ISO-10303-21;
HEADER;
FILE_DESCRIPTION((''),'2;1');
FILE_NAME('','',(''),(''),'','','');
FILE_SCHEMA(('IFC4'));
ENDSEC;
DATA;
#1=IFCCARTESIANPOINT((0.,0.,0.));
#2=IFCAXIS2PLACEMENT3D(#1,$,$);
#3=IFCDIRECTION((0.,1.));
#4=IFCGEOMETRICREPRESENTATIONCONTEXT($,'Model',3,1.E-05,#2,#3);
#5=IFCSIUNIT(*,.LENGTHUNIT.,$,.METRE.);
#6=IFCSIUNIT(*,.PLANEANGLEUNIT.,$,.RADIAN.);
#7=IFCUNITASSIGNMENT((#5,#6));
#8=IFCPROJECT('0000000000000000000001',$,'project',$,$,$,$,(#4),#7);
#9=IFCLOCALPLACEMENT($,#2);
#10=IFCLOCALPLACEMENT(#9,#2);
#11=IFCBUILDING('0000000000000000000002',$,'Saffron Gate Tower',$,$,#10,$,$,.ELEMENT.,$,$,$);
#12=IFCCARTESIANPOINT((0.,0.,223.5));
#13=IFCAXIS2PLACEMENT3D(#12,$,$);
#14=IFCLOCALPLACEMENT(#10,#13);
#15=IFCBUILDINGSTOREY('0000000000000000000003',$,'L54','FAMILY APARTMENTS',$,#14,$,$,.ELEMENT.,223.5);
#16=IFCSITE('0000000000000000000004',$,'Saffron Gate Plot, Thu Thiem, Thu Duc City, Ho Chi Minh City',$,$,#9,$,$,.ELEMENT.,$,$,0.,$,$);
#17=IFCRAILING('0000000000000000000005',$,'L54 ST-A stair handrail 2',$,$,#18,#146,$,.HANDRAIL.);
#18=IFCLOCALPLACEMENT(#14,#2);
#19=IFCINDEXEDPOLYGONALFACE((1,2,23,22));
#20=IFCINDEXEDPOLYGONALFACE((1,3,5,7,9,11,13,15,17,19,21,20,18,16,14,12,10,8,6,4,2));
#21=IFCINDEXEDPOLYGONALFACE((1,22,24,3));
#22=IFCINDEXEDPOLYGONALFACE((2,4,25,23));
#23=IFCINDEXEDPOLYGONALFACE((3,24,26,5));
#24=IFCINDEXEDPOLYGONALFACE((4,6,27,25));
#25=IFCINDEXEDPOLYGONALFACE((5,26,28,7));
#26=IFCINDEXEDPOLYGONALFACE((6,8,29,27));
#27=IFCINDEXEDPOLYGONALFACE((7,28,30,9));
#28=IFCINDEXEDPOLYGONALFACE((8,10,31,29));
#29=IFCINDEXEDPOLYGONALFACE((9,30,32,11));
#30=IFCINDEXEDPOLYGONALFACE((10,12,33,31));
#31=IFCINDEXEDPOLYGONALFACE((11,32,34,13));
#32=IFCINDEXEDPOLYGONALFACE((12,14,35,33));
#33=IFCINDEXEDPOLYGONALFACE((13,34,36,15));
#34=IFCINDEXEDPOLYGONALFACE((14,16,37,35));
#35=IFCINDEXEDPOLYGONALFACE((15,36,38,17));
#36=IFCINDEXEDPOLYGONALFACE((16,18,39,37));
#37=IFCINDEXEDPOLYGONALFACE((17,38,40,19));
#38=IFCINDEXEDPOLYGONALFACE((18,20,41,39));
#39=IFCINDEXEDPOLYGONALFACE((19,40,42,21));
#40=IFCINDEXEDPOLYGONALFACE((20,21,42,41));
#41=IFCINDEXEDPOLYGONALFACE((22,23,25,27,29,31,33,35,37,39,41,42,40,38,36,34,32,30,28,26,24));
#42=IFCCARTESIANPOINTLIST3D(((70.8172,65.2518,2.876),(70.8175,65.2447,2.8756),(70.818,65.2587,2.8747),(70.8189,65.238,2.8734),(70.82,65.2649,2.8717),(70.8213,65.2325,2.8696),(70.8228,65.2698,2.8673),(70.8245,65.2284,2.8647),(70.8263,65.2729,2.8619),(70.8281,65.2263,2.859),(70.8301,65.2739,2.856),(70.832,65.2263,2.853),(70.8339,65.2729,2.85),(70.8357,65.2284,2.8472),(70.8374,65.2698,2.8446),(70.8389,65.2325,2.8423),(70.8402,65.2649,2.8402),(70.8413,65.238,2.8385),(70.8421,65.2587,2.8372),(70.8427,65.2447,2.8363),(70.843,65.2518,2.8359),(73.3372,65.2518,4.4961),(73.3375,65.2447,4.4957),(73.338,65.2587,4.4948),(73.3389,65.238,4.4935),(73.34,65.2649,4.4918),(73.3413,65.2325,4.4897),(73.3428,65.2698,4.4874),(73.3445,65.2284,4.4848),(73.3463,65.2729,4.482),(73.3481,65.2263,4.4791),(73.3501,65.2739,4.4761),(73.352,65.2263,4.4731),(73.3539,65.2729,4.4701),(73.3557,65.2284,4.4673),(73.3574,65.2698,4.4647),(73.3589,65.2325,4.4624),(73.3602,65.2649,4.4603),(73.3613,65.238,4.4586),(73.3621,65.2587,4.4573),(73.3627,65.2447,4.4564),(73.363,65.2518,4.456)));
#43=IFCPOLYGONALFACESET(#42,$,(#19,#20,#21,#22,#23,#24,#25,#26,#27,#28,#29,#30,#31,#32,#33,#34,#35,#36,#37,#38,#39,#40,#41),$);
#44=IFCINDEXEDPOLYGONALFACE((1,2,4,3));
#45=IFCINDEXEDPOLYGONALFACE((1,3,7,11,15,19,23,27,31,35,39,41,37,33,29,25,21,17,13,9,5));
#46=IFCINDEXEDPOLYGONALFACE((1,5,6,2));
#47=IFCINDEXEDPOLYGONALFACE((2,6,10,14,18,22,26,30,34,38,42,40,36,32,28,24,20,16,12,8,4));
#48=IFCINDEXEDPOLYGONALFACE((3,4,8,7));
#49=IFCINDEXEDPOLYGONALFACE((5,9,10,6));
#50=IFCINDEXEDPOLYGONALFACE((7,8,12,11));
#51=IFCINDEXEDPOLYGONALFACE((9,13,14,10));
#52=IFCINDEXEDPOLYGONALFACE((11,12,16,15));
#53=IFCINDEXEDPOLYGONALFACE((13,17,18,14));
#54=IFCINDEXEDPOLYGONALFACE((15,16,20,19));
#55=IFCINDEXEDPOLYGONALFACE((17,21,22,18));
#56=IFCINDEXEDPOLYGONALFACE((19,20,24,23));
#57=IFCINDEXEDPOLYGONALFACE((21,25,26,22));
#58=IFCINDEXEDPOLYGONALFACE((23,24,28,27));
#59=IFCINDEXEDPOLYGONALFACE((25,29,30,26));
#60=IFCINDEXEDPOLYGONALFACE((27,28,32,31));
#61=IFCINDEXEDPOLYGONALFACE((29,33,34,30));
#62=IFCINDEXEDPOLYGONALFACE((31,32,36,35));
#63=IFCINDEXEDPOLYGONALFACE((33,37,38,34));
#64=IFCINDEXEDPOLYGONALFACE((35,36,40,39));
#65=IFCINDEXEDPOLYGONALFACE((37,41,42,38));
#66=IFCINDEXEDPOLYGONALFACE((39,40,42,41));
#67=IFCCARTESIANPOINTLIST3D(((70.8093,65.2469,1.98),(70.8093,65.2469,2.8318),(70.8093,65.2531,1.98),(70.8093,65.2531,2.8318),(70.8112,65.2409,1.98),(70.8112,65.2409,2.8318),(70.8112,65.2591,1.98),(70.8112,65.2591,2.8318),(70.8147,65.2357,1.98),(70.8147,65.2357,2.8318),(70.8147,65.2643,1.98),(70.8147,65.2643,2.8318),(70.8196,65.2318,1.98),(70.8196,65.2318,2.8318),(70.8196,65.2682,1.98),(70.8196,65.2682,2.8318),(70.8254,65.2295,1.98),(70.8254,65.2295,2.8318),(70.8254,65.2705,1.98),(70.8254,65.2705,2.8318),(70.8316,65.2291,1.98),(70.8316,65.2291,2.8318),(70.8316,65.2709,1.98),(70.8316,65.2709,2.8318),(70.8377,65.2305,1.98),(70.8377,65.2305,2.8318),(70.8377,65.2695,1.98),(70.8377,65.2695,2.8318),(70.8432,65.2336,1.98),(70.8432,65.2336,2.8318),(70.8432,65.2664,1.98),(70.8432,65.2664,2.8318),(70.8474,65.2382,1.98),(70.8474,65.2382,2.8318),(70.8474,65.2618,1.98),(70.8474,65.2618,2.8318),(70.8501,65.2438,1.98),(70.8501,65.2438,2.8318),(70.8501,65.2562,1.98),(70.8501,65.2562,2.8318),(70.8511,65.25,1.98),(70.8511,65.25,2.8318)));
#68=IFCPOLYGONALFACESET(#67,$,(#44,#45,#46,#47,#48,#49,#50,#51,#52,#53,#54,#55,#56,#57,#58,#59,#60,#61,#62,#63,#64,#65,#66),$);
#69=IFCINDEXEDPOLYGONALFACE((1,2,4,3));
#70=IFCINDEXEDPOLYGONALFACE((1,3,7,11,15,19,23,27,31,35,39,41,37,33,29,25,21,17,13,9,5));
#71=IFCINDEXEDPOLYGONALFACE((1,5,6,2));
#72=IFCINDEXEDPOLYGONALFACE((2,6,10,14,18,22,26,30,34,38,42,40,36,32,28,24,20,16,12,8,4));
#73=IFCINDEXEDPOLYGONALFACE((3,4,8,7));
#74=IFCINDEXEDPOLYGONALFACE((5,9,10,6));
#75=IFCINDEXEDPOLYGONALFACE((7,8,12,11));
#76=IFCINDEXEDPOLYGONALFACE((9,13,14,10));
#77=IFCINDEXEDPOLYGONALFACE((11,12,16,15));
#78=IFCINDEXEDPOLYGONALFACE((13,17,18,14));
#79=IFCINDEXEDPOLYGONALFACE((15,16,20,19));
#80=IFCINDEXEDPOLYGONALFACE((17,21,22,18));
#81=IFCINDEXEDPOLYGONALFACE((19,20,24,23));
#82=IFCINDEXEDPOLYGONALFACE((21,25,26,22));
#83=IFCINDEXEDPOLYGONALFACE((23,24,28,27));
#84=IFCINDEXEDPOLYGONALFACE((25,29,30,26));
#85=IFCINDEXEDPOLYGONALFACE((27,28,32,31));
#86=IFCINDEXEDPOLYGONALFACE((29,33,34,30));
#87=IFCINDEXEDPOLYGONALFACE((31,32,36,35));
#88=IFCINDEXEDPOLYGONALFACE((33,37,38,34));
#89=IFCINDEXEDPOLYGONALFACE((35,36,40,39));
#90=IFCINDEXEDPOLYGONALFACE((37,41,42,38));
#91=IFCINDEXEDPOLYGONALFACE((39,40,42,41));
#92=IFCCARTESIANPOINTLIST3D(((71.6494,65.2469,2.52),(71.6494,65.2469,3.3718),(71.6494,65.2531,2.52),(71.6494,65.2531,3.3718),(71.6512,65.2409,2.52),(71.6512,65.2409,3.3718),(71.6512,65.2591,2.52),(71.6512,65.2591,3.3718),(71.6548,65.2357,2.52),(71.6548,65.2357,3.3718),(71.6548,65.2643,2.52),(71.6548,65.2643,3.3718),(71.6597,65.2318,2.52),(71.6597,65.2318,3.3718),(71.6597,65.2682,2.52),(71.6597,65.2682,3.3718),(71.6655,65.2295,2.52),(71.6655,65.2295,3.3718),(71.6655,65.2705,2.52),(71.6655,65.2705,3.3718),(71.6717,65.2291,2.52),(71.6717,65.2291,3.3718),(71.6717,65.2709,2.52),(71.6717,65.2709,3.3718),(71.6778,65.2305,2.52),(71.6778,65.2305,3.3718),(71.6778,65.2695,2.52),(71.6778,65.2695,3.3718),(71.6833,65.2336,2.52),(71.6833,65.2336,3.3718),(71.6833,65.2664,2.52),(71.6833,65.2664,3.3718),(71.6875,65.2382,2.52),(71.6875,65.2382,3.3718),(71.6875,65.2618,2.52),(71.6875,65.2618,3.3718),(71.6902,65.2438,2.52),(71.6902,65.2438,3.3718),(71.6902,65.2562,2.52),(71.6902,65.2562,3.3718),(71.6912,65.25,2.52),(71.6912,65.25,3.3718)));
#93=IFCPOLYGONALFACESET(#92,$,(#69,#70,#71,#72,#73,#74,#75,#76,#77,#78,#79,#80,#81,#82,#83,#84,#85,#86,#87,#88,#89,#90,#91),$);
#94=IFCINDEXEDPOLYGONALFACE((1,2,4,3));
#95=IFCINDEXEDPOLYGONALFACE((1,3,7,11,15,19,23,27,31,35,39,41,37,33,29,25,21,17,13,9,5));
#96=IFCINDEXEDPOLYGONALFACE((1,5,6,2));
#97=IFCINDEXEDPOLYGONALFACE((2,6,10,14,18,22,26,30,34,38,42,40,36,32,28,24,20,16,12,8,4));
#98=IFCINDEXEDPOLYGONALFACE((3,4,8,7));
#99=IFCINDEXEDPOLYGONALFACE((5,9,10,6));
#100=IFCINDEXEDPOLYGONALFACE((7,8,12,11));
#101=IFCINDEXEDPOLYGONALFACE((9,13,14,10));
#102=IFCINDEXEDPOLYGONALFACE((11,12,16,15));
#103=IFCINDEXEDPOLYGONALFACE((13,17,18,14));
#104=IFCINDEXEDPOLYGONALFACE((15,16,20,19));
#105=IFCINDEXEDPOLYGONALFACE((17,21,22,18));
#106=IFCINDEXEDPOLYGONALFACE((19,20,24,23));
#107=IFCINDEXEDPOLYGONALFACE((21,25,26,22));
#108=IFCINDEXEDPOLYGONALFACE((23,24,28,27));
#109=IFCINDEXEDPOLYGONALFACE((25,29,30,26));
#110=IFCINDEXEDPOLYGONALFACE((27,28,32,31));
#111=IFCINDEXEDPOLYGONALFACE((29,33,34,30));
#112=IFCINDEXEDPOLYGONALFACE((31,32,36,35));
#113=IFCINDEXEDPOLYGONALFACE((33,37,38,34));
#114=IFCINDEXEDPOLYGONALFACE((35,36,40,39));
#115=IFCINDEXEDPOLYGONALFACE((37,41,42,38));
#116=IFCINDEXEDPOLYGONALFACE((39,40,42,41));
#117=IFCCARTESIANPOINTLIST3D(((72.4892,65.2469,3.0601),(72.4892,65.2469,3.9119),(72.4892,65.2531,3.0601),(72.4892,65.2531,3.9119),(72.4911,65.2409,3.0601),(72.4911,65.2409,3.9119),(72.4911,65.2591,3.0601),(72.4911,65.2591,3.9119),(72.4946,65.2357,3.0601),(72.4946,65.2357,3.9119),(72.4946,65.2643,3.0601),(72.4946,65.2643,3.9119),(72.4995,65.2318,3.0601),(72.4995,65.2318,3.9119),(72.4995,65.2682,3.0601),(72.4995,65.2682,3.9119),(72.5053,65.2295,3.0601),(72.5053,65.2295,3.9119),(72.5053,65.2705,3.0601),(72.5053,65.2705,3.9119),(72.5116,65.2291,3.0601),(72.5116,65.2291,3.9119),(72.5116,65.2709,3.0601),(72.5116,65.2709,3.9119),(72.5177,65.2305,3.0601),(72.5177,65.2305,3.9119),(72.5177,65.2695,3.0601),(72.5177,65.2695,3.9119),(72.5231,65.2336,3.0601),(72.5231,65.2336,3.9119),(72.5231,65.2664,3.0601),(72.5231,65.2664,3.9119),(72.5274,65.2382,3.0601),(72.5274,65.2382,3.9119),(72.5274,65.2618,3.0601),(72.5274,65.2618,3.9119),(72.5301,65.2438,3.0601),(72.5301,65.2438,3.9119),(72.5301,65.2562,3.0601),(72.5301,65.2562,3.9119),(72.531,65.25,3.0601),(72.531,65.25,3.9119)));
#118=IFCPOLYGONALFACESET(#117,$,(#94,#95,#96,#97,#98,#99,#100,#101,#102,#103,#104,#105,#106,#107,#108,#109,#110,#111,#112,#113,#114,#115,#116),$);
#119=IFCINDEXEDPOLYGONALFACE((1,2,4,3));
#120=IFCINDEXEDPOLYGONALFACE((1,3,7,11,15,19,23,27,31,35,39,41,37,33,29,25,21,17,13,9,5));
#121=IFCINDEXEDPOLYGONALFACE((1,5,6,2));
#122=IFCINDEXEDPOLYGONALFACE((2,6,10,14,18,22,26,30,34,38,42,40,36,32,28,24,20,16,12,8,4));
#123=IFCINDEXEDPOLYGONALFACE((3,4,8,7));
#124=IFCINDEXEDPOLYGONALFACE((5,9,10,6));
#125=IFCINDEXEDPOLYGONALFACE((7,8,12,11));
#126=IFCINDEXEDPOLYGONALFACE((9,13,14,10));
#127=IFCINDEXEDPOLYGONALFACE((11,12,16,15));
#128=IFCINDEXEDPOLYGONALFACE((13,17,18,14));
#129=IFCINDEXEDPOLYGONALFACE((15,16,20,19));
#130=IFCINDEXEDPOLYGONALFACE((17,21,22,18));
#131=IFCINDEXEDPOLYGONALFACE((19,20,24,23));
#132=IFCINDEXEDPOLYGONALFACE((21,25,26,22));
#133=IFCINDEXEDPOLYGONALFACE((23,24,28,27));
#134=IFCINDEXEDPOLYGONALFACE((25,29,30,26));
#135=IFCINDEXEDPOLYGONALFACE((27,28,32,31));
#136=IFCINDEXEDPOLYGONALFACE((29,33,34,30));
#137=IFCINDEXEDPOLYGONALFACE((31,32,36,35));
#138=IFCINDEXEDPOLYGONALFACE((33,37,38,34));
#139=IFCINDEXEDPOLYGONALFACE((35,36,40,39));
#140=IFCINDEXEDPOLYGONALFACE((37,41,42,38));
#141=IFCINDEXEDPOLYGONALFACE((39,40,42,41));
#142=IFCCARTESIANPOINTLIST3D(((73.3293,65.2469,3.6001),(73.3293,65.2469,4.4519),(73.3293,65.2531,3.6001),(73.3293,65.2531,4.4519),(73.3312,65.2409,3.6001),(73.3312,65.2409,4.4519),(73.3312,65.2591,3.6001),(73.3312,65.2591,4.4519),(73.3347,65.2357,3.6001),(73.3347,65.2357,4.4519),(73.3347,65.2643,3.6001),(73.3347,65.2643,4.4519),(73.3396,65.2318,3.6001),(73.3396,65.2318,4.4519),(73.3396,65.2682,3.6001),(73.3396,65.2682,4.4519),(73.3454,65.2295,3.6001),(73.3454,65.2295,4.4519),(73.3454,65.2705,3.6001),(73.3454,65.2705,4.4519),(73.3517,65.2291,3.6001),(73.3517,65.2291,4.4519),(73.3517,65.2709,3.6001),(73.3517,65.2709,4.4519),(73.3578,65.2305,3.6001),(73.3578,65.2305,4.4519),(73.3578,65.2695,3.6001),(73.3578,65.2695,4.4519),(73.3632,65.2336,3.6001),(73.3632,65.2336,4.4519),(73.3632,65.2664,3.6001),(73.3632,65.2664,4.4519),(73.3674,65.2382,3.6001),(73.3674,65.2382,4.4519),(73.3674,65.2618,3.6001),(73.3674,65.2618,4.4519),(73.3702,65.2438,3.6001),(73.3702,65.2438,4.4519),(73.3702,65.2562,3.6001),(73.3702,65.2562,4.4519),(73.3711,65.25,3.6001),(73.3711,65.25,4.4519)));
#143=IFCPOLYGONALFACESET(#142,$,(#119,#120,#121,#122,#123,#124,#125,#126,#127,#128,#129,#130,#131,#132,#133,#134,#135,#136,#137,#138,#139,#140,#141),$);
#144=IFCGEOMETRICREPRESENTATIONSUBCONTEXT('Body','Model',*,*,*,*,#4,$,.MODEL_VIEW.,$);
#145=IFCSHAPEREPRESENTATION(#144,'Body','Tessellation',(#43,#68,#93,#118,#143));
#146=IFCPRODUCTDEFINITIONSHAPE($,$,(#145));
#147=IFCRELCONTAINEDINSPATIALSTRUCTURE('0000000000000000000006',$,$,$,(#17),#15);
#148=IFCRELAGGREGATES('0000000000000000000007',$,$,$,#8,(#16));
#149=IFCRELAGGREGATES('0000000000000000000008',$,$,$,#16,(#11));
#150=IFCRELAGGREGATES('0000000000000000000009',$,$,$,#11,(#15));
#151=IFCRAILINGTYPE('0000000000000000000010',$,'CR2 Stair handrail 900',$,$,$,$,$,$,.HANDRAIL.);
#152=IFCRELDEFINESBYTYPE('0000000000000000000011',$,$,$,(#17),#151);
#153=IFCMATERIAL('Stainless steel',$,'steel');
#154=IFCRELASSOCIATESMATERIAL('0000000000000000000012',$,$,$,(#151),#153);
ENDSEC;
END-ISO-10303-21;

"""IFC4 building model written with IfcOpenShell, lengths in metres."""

from ifc_helpers import new_model, si_unit, direction, frame, origin, origin_2d, place, context, subcontext, project, spatial, circle, extrude, material, type_object, element, save


model = new_model("IFC4")

# Units and contexts
model_context = context("Model", 3, precision=1e-05, world=origin(), true_north=direction((0.0, 1.0)))
body_context = subcontext(model_context, "Body", "Model", "MODEL_VIEW")
ifc_project = project(units=[si_unit("LENGTHUNIT", "METRE"), si_unit("PLANEANGLEUNIT", "RADIAN")], contexts=[model_context])

# Site, building, storey
site_placement = place(None, origin())
site = spatial("IfcSite", under=ifc_project, at=site_placement, Name="Saffron Gate Plot, Thu Thiem, Thu Duc City, Ho Chi Minh City", CompositionType="ELEMENT", RefElevation=0.0)
building_placement = place(site_placement, origin())
building = spatial("IfcBuilding", under=site, at=building_placement, Name="Saffron Gate Tower", CompositionType="ELEMENT")
storey_placement = place(building_placement, frame((0.0, 0.0, 223.5)))
storey = spatial("IfcBuildingStorey", under=building, at=storey_placement, Name="L54", Description="FAMILY APARTMENTS", CompositionType="ELEMENT", Elevation=223.5)

# Railing
ifc_material_1 = material(Name="Stainless steel", Category="steel")
railing_type_1 = type_object("IfcRailingType", Name="CR2 Stair handrail 900", PredefinedType="HANDRAIL", material=ifc_material_1)
railing_1_placement = place(storey_placement, frame((70.8301, 65.25, 1.98)))
element("IfcRailing", 1, at=railing_1_placement, inside=storey, type_object=railing_type_1, Name="L54 ST-A stair handrail 2", PredefinedType="HANDRAIL", context=body_context, shape_type="SweptSolid", body=[
    extrude(circle(Radius=0.0239, at=origin_2d()), frame((0.0, 0.0, 0.876), z_axis=(0.841163, 0.0, 0.540782), x_axis=(0.0, 1.0, 0.0)), (0.0, 0.0, 1.0), 2.9958),
    extrude(circle(Radius=0.021, at=origin_2d()), origin(), (0.0, 0.0, 1.0), 0.8518),
    extrude(circle(Radius=0.021, at=origin_2d()), frame((0.8401, 0.0, 0.54)), (0.0, 0.0, 1.0), 0.8518),
    extrude(circle(Radius=0.021, at=origin_2d()), frame((1.6799, 0.0, 1.0801)), (0.0, 0.0, 1.0), 0.8518),
    extrude(circle(Radius=0.021, at=origin_2d()), frame((2.52, 0.0, 1.6201)), (0.0, 0.0, 1.0), 0.8518),
])

save(model, "model.ifc")
